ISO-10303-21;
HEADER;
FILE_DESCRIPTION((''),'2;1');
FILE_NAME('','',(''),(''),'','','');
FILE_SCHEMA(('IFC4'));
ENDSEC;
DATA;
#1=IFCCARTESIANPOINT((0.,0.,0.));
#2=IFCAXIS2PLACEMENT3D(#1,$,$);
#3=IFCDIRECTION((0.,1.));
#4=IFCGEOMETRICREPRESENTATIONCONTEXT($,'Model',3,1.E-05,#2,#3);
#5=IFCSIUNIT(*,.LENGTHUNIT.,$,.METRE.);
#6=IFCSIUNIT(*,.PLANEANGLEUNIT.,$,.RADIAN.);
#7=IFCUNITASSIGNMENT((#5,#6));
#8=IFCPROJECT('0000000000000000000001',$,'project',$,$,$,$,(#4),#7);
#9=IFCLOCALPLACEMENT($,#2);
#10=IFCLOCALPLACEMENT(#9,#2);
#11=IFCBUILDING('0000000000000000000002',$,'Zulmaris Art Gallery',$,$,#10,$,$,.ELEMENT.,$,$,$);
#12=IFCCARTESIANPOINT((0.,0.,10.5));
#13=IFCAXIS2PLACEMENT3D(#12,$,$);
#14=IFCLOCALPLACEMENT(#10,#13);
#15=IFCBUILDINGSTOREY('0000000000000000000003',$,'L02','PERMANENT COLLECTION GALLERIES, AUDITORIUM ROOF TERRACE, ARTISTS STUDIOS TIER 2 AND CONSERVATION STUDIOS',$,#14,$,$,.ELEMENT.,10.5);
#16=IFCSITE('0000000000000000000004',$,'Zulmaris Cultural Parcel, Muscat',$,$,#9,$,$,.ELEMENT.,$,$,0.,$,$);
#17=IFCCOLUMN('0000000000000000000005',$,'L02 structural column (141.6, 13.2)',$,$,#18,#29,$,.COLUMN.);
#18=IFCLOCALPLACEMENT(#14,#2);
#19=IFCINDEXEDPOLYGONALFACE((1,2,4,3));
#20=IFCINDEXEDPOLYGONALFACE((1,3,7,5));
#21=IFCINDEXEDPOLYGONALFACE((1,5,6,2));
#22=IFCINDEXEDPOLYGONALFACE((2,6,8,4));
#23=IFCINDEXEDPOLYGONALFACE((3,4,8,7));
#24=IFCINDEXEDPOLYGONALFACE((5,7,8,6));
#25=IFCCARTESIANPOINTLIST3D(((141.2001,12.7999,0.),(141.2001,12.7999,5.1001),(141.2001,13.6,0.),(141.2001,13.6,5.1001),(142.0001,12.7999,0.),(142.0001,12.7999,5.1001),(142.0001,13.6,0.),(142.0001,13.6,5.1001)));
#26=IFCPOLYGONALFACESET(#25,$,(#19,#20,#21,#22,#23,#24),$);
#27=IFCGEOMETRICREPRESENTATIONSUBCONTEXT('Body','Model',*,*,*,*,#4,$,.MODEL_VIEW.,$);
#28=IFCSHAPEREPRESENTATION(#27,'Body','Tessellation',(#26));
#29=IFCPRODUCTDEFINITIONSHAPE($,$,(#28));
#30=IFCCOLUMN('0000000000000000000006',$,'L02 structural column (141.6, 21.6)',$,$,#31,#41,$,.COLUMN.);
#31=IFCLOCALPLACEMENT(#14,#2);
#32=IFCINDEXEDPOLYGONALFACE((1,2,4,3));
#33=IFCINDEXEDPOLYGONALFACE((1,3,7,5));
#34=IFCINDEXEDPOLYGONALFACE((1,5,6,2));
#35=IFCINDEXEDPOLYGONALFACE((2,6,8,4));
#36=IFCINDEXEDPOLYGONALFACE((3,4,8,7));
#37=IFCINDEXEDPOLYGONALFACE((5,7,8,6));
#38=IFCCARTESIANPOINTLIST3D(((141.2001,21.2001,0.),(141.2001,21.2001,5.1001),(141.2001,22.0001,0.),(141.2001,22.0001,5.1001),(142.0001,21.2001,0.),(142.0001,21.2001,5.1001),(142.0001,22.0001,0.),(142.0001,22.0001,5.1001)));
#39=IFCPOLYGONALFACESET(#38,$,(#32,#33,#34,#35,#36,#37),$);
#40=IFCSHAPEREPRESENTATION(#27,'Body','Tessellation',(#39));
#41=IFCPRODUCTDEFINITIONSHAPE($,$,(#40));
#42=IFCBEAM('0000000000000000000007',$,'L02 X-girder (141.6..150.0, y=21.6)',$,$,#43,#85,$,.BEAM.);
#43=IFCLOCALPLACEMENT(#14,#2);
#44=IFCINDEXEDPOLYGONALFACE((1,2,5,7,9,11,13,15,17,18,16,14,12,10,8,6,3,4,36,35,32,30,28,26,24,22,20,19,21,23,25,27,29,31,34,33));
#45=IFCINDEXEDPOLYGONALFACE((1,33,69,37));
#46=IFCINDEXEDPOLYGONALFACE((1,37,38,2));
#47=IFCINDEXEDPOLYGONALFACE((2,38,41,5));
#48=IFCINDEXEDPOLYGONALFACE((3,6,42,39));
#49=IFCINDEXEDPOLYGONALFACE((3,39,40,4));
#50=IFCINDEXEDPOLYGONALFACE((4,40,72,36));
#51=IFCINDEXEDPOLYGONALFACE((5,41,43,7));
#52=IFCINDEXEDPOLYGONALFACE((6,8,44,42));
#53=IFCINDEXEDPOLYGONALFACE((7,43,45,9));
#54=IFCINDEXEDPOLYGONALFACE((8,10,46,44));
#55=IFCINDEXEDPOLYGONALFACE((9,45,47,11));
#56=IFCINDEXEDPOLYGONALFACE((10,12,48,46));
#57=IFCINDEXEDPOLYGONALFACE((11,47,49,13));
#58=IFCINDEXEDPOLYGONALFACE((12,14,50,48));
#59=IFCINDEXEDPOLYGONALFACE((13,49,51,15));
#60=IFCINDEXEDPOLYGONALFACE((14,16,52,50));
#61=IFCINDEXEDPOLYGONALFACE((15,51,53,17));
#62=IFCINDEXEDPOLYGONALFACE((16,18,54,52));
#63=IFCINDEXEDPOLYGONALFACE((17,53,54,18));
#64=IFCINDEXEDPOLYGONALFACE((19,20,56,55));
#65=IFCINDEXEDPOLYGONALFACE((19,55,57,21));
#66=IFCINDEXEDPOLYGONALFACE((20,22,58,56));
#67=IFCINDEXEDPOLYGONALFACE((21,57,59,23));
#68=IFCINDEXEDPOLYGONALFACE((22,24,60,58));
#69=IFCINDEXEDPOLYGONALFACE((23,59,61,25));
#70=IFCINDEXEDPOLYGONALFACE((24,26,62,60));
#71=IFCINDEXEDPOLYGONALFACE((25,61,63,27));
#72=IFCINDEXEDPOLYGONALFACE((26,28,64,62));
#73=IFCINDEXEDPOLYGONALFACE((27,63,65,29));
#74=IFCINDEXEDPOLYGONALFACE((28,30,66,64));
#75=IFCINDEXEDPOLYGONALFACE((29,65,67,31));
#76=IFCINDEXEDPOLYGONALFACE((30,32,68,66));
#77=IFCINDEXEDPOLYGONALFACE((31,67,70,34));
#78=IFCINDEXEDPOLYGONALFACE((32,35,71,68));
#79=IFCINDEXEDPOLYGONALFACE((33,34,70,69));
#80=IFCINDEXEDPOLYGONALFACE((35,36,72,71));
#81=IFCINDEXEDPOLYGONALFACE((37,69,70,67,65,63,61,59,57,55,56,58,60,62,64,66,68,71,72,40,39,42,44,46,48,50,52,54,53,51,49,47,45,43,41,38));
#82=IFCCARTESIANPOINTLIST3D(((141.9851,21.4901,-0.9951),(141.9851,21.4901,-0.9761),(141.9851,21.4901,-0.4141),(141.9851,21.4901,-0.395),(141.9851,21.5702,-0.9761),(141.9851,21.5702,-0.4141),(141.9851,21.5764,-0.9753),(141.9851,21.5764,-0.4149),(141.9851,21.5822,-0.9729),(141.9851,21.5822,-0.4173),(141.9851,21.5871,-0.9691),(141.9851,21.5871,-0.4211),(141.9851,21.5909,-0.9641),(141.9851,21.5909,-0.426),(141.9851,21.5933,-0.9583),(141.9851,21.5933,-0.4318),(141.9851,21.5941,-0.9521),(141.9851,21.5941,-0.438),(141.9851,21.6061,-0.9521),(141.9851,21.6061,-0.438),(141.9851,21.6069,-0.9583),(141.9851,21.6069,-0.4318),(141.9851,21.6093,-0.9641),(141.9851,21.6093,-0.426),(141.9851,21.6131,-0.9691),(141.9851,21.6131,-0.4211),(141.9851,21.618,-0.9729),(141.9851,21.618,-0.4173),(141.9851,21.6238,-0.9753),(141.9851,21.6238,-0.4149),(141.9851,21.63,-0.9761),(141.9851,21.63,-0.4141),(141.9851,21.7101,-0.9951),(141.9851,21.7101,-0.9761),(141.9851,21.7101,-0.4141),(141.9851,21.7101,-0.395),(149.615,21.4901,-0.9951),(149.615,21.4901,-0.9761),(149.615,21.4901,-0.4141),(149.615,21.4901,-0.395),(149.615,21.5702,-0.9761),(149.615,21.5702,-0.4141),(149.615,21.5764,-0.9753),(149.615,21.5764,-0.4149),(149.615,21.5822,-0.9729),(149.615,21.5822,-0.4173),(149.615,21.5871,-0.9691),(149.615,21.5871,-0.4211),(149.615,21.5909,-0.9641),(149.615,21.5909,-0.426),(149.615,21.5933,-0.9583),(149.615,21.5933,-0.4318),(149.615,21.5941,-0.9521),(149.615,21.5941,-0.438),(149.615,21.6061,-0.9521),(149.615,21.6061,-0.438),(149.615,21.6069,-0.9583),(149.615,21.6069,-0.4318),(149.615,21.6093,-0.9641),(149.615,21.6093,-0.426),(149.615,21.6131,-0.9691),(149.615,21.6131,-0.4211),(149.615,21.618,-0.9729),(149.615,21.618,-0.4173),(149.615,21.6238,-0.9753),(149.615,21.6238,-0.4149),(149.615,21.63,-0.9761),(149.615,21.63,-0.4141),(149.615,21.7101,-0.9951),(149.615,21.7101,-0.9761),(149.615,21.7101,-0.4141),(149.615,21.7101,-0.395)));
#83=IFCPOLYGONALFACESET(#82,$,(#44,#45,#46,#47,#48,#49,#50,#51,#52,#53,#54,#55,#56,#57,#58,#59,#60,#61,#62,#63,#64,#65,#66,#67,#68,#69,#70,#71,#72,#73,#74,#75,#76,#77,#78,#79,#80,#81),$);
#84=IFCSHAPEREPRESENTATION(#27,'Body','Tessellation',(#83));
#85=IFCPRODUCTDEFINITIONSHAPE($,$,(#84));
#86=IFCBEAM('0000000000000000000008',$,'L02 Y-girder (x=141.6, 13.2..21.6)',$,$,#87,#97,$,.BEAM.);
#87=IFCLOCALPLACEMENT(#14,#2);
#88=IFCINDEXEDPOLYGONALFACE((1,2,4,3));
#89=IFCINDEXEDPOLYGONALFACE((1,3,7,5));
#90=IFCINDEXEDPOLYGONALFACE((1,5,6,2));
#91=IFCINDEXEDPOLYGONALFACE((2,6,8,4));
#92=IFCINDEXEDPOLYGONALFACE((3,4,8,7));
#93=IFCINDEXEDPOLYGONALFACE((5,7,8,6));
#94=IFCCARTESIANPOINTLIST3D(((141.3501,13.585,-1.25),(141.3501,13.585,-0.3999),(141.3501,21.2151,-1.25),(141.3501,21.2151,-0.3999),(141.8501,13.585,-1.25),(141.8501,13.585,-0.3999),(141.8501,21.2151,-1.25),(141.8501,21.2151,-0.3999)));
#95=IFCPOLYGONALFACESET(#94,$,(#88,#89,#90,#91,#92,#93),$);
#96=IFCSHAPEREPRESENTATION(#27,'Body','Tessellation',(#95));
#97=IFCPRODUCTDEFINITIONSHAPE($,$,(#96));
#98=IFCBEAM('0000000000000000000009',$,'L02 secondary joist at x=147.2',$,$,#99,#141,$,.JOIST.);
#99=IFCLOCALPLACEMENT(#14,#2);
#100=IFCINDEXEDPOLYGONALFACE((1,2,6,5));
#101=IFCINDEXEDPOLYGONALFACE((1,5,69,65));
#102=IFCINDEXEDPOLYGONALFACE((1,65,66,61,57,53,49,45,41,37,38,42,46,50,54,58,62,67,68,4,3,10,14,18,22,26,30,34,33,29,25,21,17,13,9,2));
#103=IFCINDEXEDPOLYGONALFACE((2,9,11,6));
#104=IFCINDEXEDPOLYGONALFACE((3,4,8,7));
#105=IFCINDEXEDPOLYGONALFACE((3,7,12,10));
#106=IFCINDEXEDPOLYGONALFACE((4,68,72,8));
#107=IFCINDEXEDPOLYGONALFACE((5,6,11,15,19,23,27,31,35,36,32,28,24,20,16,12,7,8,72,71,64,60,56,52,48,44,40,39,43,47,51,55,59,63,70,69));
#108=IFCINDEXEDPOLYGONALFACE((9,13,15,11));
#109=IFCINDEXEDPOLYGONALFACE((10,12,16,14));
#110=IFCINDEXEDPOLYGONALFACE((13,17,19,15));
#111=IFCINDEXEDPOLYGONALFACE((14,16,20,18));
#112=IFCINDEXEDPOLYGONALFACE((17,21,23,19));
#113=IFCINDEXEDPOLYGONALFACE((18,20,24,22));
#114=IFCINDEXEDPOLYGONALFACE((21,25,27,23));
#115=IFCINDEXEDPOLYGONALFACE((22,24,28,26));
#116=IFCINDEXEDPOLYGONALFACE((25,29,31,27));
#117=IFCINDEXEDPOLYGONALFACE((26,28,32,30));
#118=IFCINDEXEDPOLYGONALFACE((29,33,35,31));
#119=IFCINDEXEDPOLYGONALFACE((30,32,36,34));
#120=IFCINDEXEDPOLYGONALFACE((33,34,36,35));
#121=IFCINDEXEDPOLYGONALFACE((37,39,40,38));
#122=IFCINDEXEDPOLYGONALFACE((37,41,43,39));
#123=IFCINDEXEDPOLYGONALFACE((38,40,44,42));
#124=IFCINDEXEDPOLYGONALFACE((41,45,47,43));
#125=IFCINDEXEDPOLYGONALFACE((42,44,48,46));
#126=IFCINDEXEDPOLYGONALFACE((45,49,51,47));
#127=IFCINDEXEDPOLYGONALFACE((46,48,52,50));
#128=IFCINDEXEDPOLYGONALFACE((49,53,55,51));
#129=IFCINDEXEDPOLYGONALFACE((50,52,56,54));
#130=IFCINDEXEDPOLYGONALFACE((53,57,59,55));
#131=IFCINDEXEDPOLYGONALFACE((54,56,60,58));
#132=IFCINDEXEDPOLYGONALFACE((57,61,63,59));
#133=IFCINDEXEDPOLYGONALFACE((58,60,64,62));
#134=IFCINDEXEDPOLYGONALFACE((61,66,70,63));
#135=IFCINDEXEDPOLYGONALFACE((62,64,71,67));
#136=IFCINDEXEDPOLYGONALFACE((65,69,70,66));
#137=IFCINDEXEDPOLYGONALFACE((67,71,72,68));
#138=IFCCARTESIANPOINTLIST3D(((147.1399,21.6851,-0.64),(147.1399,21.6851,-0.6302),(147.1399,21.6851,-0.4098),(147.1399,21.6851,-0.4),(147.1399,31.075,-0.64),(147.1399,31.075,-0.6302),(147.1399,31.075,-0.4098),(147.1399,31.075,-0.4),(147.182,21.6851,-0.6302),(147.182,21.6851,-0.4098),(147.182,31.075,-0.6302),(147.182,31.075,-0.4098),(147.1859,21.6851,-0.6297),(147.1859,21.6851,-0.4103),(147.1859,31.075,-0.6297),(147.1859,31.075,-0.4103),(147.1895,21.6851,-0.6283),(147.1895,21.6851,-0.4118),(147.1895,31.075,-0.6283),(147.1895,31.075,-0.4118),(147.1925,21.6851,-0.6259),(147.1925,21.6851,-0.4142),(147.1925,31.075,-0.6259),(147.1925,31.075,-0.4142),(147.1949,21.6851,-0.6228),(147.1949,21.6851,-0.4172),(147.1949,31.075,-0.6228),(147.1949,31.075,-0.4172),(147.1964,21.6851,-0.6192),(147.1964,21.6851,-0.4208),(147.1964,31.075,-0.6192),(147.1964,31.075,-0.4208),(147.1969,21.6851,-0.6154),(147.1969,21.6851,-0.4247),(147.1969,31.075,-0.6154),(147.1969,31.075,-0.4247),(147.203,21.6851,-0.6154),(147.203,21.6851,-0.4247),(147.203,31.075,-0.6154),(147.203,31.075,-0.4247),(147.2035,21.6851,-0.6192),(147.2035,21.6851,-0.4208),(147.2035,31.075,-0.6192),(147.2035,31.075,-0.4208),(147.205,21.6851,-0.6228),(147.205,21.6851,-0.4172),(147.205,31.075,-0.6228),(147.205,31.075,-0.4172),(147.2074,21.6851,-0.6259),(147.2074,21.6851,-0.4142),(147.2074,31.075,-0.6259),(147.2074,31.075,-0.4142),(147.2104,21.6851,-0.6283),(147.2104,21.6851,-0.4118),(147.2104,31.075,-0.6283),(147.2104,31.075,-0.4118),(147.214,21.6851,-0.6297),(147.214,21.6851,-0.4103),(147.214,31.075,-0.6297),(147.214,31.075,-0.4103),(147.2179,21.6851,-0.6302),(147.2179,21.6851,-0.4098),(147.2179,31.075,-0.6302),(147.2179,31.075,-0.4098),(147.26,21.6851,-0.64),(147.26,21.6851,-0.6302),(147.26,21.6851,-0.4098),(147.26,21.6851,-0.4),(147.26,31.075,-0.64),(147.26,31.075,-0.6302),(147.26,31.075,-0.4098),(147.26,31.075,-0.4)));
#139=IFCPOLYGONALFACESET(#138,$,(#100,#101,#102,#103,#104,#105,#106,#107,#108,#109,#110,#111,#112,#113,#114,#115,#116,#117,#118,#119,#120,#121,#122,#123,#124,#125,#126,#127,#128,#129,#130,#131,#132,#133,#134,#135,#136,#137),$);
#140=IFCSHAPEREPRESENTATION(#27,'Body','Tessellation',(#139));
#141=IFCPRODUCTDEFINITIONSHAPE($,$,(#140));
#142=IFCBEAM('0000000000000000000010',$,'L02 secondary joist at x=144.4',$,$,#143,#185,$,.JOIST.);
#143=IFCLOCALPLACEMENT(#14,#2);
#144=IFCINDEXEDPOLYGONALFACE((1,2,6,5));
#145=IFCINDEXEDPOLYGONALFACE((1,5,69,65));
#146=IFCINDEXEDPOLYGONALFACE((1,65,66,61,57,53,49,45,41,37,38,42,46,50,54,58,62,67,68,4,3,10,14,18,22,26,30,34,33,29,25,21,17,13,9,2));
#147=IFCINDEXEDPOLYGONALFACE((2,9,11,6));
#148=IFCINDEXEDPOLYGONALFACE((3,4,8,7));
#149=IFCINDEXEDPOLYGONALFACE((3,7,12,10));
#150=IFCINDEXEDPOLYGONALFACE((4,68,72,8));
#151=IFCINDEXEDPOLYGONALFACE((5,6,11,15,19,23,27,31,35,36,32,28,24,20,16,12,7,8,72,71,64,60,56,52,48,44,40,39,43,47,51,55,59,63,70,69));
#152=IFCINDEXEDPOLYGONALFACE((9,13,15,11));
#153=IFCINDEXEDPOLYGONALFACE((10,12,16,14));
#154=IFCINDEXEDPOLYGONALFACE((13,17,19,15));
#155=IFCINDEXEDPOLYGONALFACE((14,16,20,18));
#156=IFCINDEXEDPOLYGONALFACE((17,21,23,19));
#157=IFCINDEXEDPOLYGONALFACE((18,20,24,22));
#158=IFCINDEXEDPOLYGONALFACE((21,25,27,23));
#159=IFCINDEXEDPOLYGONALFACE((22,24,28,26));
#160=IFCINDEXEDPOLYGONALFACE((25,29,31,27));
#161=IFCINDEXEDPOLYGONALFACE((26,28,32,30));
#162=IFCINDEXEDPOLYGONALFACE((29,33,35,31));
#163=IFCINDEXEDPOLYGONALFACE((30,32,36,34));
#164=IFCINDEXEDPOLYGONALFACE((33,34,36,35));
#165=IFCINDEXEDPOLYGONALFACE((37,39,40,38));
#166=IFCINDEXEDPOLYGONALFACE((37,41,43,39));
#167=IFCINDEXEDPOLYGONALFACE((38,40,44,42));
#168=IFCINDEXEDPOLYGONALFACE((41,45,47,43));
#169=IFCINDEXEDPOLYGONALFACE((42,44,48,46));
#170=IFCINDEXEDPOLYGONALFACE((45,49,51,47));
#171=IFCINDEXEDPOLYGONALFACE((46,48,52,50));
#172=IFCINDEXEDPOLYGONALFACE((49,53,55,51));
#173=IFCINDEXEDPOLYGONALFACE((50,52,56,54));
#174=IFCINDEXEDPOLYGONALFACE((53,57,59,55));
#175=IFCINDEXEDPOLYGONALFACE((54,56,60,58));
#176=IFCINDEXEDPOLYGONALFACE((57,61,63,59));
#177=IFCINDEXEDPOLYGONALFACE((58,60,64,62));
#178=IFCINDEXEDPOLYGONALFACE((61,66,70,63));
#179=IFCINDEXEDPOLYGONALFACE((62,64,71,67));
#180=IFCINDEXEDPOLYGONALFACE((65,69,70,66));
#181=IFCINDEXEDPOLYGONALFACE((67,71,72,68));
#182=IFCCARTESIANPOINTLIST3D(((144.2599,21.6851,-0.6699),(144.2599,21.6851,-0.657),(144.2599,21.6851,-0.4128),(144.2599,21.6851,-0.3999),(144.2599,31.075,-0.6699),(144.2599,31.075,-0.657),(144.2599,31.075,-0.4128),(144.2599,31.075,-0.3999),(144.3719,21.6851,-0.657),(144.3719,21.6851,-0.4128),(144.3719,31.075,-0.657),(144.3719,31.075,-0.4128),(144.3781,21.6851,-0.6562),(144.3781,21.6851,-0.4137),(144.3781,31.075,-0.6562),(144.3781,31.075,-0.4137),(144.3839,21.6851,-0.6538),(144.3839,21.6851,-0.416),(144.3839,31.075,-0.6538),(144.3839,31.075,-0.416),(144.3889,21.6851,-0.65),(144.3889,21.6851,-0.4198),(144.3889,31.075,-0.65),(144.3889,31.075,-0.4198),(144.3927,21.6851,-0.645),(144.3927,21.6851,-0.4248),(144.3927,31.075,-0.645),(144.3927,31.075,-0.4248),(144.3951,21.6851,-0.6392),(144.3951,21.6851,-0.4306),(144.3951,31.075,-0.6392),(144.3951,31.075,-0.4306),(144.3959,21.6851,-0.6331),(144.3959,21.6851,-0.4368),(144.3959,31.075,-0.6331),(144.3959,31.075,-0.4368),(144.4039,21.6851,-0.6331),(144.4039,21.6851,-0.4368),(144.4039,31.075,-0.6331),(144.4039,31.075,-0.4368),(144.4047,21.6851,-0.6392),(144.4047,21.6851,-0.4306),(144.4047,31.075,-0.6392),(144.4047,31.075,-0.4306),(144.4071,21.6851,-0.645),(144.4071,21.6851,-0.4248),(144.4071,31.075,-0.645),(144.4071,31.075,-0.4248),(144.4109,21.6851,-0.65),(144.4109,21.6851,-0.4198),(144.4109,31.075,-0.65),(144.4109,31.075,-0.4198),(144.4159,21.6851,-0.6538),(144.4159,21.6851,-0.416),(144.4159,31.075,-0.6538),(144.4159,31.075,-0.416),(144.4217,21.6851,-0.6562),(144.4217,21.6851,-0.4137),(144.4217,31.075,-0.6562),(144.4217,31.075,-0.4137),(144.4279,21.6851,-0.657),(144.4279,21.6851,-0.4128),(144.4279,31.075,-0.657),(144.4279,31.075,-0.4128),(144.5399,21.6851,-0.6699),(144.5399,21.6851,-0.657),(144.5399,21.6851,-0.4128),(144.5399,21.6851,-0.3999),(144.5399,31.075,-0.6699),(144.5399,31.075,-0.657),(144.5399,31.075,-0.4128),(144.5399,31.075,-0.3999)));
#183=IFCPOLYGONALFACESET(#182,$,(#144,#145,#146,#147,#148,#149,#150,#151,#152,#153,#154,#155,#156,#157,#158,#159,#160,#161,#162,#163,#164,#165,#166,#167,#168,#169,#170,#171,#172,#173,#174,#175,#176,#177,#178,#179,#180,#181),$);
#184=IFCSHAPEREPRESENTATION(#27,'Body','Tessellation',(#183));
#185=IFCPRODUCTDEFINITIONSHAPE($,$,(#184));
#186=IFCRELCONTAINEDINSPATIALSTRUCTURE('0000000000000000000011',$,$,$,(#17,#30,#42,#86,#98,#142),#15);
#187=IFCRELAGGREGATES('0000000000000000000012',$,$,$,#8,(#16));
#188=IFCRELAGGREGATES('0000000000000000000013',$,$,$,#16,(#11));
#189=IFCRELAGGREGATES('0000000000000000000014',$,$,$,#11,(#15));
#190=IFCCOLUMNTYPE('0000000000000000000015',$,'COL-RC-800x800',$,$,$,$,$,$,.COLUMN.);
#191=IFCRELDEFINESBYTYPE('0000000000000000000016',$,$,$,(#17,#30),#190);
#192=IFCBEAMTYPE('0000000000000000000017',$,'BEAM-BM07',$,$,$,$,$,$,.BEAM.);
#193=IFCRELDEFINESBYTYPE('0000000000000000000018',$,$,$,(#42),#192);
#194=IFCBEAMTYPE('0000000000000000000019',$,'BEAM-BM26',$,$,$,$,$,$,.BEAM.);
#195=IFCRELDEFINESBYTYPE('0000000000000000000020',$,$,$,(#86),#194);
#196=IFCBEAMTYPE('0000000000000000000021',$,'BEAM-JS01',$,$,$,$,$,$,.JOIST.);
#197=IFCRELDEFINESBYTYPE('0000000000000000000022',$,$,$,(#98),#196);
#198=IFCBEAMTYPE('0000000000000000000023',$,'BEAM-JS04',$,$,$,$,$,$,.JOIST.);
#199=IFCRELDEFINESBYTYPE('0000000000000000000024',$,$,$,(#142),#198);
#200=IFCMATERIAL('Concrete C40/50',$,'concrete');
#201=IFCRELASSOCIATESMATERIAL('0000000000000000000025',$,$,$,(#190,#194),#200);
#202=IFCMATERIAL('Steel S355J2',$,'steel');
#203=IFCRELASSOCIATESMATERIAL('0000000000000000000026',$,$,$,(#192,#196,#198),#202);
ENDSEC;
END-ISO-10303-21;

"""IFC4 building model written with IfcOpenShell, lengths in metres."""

from ifc_helpers import new_model, si_unit, direction, frame, origin, origin_2d, place, context, subcontext, project, spatial, rectangle, i_section, extrude, material, material_profile, profile_set, type_object, element, save


model = new_model("IFC4")

# Units and contexts
model_context = context("Model", 3, precision=1e-05, world=origin(), true_north=direction((0.0, 1.0)))
body_context = subcontext(model_context, "Body", "Model", "MODEL_VIEW")
ifc_project = project(units=[si_unit("LENGTHUNIT", "METRE"), si_unit("PLANEANGLEUNIT", "RADIAN")], contexts=[model_context])

# Site, building, storey
site_placement = place(None, origin())
site = spatial("IfcSite", under=ifc_project, at=site_placement, Name="Zulmaris Cultural Parcel, Muscat", CompositionType="ELEMENT", RefElevation=0.0)
building_placement = place(site_placement, origin())
building = spatial("IfcBuilding", under=site, at=building_placement, Name="Zulmaris Art Gallery", CompositionType="ELEMENT")
storey_placement = place(building_placement, frame((0.0, 0.0, 10.5)))
storey = spatial("IfcBuildingStorey", under=building, at=storey_placement, Name="L02", Description="PERMANENT COLLECTION GALLERIES, AUDITORIUM ROOF TERRACE, ARTISTS STUDIOS TIER 2 AND CONSERVATION STUDIOS", CompositionType="ELEMENT", Elevation=10.5)

# Columns
ifc_material_1 = material(Name="Concrete C40/50", Category="concrete")
ifc_material_profile_1 = material_profile(ifc_material_1, rectangle(XDim=0.8, YDim=0.8, at=origin_2d()), Name="RC 800x800")
ifc_profile_set_1 = profile_set([ifc_material_profile_1], Name="Concrete C40/50")
column_type = type_object("IfcColumnType", Name="COL-RC-800x800", PredefinedType="COLUMN", material=ifc_profile_set_1)
for number, where, z_axis, x_axis, name in (
    (1, (141.6001, 13.2, 0.0), (0.0, 0.0, 1.0), (1.0, 0.0, 0.0), "L02 structural column (141.6, 13.2)"),
    (2, (141.6001, 21.6001, 0.0), (0.0, 0.0, 1.0), (1.0, 0.0, 0.0), "L02 structural column (141.6, 21.6)"),
):
    element("IfcColumn", number, at=place(storey_placement, frame(where, z_axis=z_axis, x_axis=x_axis)), inside=storey, type_object=column_type, Name=name, PredefinedType="COLUMN", context=body_context, shape_type="SweptSolid", body=[
        extrude(rectangle(XDim=0.8, YDim=0.8, at=origin_2d()), origin(), (0.0, 0.0, 1.0), 5.1001),
    ])

# Beams
ifc_material_2 = material(Name="Steel S355J2", Category="steel")
ifc_material_profile_2 = material_profile(ifc_material_2, i_section(OverallWidth=0.22, OverallDepth=0.6001, WebThickness=0.012, FlangeThickness=0.019, FilletRadius=0.0239, at=origin_2d()), Name="IPE 600")
ifc_profile_set_2 = profile_set([ifc_material_profile_2], Name="Steel S355J2")
beam_type_1 = type_object("IfcBeamType", Name="BEAM-BM07", PredefinedType="BEAM", material=ifc_profile_set_2)
beam_1_placement = place(storey_placement, frame((141.9851, 21.6001, -0.6951), z_axis=(1.0, 0.0, 0.0), x_axis=(0.0, 1.0, 0.0)))
element("IfcBeam", 3, at=beam_1_placement, inside=storey, type_object=beam_type_1, Name="L02 X-girder (141.6..150.0, y=21.6)", PredefinedType="BEAM", context=body_context, shape_type="SweptSolid", body=[
    extrude(i_section(OverallWidth=0.22, OverallDepth=0.6001, WebThickness=0.012, FlangeThickness=0.019, FilletRadius=0.0239, at=origin_2d()), origin(), (0.0, 0.0, 1.0), 7.6299),
])
ifc_material_profile_3 = material_profile(ifc_material_1, rectangle(XDim=0.5, YDim=0.8501, at=origin_2d()), Name="RC 500x850")
ifc_profile_set_3 = profile_set([ifc_material_profile_3], Name="Concrete C40/50")
beam_type_2 = type_object("IfcBeamType", Name="BEAM-BM26", PredefinedType="BEAM", material=ifc_profile_set_3)
beam_2_placement = place(storey_placement, frame((141.6001, 13.585, -0.825), z_axis=(0.0, 1.0, 0.0), x_axis=(-1.0, 0.0, 0.0)))
element("IfcBeam", 4, at=beam_2_placement, inside=storey, type_object=beam_type_2, Name="L02 Y-girder (x=141.6, 13.2..21.6)", PredefinedType="BEAM", context=body_context, shape_type="SweptSolid", body=[
    extrude(rectangle(XDim=0.5, YDim=0.8501, at=origin_2d()), origin(), (0.0, 0.0, 1.0), 7.6301),
])
ifc_material_profile_4 = material_profile(ifc_material_2, i_section(OverallWidth=0.1201, OverallDepth=0.24, WebThickness=0.0061, FlangeThickness=0.0098, FilletRadius=0.0149, at=origin_2d()), Name="IPE 240")
ifc_profile_set_4 = profile_set([ifc_material_profile_4], Name="Steel S355J2")
beam_type_3 = type_object("IfcBeamType", Name="BEAM-JS01", PredefinedType="JOIST", material=ifc_profile_set_4)
beam_3_placement = place(storey_placement, frame((147.2, 21.6851, -0.52), z_axis=(0.0, 1.0, 0.0), x_axis=(-1.0, 0.0, 0.0)))
element("IfcBeam", 5, at=beam_3_placement, inside=storey, type_object=beam_type_3, Name="L02 secondary joist at x=147.2", PredefinedType="JOIST", context=body_context, shape_type="SweptSolid", body=[
    extrude(i_section(OverallWidth=0.1201, OverallDepth=0.24, WebThickness=0.0061, FlangeThickness=0.0098, FilletRadius=0.0149, at=origin_2d()), origin(), (0.0, 0.0, 1.0), 9.3899),
])
ifc_material_profile_5 = material_profile(ifc_material_2, i_section(OverallWidth=0.28, OverallDepth=0.27, WebThickness=0.0081, FlangeThickness=0.0129, FilletRadius=0.0239, at=origin_2d()), Name="HEA 280")
ifc_profile_set_5 = profile_set([ifc_material_profile_5], Name="Steel S355J2")
beam_type_4 = type_object("IfcBeamType", Name="BEAM-JS04", PredefinedType="JOIST", material=ifc_profile_set_5)
beam_4_placement = place(storey_placement, frame((144.3999, 21.6851, -0.5349), z_axis=(0.0, 1.0, 0.0), x_axis=(-1.0, 0.0, 0.0)))
element("IfcBeam", 6, at=beam_4_placement, inside=storey, type_object=beam_type_4, Name="L02 secondary joist at x=144.4", PredefinedType="JOIST", context=body_context, shape_type="SweptSolid", body=[
    extrude(i_section(OverallWidth=0.28, OverallDepth=0.27, WebThickness=0.0081, FlangeThickness=0.0129, FilletRadius=0.0239, at=origin_2d()), origin(), (0.0, 0.0, 1.0), 9.3899),
])

save(model, "model.ifc")
